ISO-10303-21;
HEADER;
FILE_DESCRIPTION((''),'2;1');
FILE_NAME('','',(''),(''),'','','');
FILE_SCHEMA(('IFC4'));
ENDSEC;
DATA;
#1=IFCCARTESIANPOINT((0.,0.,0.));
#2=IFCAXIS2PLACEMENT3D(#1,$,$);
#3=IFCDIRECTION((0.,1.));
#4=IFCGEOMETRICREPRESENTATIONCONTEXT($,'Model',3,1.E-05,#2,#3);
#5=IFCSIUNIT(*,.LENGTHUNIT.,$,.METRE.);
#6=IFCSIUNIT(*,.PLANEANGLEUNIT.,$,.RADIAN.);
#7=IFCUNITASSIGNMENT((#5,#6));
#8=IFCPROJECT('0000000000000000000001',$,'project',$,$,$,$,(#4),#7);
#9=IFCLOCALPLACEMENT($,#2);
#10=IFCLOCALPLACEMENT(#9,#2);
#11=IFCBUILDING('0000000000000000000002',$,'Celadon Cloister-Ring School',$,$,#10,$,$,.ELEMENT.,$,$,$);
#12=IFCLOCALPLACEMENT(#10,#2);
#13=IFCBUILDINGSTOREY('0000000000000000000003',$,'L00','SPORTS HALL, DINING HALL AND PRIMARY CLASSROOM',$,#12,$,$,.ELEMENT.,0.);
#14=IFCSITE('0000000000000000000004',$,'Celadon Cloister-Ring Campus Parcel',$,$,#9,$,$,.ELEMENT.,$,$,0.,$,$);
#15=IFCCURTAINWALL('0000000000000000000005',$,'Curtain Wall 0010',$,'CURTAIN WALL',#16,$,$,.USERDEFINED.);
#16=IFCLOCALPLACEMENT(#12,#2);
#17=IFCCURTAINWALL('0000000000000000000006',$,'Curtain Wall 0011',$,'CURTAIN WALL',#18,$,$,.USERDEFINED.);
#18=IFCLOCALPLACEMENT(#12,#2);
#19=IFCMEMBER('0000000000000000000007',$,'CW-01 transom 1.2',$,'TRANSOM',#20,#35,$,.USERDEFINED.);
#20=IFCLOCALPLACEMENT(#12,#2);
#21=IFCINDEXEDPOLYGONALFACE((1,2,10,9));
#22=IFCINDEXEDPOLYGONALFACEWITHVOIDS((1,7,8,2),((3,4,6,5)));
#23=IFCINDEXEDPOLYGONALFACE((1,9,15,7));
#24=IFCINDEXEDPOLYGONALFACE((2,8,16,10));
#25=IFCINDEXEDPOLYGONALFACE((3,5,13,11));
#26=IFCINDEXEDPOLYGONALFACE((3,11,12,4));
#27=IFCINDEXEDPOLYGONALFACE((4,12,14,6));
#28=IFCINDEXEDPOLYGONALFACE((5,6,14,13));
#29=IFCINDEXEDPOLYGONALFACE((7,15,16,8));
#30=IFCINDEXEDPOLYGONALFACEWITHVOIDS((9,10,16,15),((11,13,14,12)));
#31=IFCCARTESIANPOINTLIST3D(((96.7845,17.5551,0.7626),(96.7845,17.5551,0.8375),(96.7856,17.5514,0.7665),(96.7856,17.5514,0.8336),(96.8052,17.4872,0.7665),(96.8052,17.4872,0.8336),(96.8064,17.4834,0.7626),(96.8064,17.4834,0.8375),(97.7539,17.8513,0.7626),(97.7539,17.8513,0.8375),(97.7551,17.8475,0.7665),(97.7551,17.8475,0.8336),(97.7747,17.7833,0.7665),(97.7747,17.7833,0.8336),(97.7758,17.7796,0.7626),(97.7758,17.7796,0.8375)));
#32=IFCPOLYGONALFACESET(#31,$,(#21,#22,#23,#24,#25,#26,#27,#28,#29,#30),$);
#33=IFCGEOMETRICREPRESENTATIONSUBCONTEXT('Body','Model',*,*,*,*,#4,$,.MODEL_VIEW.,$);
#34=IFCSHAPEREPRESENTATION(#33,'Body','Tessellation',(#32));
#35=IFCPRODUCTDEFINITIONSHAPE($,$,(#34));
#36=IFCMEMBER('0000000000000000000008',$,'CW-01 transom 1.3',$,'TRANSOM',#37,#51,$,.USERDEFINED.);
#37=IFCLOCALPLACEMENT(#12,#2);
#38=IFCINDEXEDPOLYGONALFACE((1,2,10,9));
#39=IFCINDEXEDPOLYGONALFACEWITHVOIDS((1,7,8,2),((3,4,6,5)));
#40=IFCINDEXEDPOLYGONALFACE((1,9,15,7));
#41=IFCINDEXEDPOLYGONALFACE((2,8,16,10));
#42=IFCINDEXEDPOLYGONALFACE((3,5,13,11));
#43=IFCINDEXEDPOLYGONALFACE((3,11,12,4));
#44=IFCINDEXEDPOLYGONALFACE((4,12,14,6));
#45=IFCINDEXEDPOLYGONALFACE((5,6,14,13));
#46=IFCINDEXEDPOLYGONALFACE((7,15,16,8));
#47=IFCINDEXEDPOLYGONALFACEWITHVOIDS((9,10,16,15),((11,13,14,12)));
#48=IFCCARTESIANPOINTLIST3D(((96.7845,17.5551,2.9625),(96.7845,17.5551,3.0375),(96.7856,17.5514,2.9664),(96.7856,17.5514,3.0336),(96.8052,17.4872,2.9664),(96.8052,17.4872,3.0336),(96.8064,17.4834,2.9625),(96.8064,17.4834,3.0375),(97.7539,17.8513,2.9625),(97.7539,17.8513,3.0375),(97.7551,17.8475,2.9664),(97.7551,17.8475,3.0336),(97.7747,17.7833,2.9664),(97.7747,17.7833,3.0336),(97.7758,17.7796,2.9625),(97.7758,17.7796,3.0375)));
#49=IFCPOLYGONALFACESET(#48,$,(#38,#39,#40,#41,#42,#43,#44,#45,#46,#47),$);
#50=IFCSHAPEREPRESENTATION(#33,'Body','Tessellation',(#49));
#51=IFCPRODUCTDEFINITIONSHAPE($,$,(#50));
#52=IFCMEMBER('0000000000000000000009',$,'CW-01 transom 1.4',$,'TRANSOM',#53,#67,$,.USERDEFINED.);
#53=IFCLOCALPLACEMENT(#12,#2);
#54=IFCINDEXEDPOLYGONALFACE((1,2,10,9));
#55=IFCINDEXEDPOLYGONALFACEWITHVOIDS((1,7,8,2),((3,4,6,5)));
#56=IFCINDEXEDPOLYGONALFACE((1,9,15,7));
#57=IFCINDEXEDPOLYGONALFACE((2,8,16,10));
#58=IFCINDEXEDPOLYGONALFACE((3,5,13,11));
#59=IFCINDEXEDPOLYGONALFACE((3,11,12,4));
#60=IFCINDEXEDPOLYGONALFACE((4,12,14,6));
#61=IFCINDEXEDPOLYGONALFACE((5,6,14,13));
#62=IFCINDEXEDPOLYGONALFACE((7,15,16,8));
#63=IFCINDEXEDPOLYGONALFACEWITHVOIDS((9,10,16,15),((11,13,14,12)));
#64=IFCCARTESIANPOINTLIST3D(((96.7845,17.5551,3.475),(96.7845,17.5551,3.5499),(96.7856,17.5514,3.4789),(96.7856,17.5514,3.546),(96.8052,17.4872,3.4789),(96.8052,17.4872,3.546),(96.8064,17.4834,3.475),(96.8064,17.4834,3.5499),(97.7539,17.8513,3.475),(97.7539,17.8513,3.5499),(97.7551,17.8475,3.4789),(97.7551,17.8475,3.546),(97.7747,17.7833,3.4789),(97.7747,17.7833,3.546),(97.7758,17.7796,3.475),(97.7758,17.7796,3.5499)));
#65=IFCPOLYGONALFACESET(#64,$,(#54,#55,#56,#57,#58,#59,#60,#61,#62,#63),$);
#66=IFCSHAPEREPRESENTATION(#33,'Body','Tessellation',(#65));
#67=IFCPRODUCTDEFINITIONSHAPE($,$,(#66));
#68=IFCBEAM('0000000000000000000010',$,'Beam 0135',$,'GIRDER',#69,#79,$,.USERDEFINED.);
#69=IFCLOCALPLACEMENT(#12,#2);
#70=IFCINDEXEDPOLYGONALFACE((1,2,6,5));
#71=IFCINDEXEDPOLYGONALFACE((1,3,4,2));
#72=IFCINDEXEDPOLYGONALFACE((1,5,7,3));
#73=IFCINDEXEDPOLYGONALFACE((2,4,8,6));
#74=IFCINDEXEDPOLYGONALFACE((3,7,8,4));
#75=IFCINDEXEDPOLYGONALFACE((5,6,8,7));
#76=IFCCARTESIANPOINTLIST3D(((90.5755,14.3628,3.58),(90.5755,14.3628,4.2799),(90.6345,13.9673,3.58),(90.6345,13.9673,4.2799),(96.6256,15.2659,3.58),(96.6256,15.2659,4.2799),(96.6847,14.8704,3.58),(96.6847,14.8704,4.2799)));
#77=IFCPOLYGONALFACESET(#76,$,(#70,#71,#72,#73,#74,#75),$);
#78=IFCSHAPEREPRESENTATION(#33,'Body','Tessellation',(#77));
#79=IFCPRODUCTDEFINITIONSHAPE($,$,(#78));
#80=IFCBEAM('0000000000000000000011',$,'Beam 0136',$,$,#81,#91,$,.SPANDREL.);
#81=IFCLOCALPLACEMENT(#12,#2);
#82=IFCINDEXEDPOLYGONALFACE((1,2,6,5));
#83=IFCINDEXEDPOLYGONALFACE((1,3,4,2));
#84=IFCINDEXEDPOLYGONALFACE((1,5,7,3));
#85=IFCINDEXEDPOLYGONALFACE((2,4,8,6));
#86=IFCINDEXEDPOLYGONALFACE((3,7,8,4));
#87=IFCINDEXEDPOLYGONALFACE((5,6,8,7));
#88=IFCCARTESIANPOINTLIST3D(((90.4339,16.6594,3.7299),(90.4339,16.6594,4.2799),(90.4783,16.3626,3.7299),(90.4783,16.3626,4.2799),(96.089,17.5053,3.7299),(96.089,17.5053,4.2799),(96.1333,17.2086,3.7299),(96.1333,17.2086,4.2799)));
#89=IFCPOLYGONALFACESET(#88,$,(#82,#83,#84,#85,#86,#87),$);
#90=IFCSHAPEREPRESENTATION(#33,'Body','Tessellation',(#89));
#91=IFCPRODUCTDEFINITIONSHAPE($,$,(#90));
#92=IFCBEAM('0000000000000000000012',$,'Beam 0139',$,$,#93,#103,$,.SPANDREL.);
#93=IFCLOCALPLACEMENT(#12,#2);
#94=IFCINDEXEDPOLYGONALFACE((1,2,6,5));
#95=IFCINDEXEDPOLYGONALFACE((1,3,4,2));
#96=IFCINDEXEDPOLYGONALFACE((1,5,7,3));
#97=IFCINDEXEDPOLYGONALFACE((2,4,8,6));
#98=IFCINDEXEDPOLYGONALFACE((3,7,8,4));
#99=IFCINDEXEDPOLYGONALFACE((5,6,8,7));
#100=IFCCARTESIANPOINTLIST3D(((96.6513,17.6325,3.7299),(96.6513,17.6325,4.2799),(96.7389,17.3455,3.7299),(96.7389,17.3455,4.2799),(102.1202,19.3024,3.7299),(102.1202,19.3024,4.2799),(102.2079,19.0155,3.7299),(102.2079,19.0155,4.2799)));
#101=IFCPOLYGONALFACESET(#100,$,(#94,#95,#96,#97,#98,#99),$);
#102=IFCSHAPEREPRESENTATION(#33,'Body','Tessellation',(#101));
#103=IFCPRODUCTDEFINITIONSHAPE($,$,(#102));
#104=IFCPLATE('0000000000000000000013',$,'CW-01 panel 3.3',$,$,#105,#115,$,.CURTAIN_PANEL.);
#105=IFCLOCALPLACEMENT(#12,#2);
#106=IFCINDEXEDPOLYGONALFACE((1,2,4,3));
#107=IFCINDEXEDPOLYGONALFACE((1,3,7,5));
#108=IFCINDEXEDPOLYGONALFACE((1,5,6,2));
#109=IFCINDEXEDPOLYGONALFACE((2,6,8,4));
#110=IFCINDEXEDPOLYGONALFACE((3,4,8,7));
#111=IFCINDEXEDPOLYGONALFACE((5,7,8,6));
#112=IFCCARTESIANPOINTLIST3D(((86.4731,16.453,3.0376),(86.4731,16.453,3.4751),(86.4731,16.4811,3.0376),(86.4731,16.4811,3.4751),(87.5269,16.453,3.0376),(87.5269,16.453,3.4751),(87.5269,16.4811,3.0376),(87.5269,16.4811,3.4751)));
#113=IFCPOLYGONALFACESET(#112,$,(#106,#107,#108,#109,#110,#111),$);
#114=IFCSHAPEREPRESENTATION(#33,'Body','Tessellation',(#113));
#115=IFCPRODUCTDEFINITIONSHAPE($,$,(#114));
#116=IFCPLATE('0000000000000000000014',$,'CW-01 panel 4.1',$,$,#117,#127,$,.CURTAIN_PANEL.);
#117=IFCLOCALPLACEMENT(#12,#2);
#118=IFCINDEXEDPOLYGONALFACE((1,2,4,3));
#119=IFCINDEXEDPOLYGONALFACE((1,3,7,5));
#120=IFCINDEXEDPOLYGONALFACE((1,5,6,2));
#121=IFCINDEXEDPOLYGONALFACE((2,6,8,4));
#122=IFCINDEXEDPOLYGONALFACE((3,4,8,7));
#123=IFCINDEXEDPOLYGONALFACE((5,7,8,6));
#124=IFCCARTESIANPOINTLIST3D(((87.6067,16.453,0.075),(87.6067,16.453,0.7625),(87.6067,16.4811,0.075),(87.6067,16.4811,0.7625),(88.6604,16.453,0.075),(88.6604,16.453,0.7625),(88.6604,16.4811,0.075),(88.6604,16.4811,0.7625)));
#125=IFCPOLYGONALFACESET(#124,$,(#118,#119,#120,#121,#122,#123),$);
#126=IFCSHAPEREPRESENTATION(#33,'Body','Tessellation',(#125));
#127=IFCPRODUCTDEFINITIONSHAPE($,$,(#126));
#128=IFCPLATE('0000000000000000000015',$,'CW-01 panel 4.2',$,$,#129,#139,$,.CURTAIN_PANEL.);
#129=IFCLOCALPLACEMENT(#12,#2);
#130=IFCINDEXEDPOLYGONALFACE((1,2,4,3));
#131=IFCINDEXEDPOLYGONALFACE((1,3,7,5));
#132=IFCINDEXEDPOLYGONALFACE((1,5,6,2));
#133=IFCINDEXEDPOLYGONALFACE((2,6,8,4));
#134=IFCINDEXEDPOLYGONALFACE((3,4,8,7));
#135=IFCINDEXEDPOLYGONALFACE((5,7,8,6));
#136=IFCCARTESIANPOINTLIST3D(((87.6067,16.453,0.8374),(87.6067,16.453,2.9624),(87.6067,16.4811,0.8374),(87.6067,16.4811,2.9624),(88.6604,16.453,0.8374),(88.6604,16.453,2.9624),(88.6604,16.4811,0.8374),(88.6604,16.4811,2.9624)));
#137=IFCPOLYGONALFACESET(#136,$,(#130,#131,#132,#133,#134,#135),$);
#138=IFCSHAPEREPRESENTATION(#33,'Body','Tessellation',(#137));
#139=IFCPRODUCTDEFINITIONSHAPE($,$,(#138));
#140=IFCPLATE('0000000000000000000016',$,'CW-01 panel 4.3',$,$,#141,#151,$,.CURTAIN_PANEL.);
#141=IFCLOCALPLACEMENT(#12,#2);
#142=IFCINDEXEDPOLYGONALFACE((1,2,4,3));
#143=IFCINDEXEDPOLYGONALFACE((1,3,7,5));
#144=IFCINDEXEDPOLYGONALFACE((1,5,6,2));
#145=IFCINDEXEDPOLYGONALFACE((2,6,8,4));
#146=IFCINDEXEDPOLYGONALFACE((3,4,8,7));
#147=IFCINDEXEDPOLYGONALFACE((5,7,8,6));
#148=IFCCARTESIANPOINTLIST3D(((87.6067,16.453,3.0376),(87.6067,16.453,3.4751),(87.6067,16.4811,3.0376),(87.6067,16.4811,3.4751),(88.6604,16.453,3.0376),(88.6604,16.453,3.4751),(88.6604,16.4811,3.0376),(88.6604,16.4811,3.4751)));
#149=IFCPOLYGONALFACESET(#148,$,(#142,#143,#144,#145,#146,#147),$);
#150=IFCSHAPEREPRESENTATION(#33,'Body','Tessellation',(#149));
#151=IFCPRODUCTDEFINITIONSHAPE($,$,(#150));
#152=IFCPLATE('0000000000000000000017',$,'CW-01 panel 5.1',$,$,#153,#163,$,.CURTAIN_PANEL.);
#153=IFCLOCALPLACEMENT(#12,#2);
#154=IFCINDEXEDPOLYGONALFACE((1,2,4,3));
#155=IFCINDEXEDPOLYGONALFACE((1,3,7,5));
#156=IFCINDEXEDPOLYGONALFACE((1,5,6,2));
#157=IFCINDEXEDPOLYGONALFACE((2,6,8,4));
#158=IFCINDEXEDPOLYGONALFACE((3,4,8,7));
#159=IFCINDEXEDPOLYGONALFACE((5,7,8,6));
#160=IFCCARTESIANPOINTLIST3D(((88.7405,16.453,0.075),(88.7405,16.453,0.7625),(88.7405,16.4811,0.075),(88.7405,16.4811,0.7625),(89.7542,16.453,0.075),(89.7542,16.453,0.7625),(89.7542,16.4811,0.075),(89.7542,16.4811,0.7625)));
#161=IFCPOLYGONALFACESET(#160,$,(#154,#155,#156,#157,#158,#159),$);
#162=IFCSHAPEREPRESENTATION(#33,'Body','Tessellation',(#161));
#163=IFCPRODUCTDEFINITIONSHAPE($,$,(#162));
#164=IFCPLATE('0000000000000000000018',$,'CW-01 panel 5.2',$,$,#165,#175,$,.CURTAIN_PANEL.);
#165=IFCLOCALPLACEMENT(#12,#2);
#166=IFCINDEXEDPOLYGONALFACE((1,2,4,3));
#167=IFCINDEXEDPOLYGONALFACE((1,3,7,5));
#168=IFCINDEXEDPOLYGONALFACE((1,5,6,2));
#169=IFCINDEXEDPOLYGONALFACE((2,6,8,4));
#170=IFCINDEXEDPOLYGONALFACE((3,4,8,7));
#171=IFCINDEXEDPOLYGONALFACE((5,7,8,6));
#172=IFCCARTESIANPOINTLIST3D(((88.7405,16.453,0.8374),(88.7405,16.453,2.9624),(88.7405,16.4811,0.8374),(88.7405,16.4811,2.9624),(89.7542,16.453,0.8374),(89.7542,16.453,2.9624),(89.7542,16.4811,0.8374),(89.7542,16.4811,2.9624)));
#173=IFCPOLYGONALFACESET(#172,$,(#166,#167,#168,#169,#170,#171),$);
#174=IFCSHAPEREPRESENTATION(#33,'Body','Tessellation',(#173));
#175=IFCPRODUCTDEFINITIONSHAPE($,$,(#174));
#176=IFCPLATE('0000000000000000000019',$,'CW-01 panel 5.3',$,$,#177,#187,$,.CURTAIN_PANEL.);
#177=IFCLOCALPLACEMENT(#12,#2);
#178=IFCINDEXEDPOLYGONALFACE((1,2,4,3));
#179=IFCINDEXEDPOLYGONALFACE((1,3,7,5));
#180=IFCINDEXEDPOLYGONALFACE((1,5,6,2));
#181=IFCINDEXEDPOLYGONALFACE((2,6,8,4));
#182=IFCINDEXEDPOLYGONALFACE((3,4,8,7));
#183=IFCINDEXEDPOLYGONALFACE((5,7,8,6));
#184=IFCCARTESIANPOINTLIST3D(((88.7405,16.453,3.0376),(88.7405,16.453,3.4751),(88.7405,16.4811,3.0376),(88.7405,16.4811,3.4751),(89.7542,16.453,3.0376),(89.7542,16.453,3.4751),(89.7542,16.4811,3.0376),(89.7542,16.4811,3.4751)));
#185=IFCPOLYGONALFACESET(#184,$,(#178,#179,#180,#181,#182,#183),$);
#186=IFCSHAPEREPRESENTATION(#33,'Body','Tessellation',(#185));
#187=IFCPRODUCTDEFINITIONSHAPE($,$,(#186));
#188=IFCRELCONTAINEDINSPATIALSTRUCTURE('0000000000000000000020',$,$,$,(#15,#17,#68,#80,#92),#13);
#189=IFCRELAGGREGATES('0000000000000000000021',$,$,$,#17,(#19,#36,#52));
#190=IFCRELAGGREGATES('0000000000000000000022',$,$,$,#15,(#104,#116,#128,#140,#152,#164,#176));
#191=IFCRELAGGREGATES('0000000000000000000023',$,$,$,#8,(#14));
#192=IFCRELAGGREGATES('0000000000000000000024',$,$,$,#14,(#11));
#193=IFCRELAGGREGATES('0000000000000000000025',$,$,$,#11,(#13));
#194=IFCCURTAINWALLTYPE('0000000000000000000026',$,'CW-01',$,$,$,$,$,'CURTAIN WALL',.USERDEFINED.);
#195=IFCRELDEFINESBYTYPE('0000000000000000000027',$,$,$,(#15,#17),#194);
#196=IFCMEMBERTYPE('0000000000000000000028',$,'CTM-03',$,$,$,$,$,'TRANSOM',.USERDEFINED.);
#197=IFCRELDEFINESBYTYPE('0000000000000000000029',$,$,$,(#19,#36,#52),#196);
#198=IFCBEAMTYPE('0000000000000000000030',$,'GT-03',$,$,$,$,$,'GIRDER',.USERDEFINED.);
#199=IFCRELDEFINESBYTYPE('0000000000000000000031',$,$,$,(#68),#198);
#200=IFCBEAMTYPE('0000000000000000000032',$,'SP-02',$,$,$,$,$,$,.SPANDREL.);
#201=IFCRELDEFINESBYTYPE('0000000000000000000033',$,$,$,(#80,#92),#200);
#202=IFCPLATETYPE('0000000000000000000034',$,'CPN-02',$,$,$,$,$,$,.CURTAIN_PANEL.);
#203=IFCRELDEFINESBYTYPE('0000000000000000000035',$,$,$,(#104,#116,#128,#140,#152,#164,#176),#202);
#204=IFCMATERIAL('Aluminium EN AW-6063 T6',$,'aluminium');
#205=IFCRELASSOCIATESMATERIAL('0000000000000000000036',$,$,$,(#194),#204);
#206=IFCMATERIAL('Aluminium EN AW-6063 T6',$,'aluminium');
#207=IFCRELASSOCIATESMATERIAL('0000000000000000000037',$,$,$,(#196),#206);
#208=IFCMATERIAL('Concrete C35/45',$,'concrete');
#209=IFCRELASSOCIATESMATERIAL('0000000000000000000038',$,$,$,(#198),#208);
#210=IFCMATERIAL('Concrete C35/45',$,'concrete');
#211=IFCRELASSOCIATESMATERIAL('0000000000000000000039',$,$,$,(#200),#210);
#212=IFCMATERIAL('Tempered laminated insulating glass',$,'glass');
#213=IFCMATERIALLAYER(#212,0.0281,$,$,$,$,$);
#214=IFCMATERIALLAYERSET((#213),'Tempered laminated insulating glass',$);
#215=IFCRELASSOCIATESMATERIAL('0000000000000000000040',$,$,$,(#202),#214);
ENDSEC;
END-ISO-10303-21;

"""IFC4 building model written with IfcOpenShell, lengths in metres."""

from ifc_helpers import new_model, si_unit, direction, frame, origin, origin_2d, place, context, subcontext, project, spatial, rectangle, hollow_rectangle, extrude, material, layer, layer_set, material_profile, profile_set, type_object, element, aggregate, save


model = new_model("IFC4")

# Units and contexts
model_context = context("Model", 3, precision=1e-05, world=origin(), true_north=direction((0.0, 1.0)))
body_context = subcontext(model_context, "Body", "Model", "MODEL_VIEW")
ifc_project = project(units=[si_unit("LENGTHUNIT", "METRE"), si_unit("PLANEANGLEUNIT", "RADIAN")], contexts=[model_context])

# Site, building, storey
site_placement = place(None, origin())
site = spatial("IfcSite", under=ifc_project, at=site_placement, Name="Celadon Cloister-Ring Campus Parcel", CompositionType="ELEMENT", RefElevation=0.0)
building_placement = place(site_placement, origin())
building = spatial("IfcBuilding", under=site, at=building_placement, Name="Celadon Cloister-Ring School", CompositionType="ELEMENT")
storey_placement = place(building_placement, origin())
storey = spatial("IfcBuildingStorey", under=building, at=storey_placement, Name="L00", Description="SPORTS HALL, DINING HALL AND PRIMARY CLASSROOM", CompositionType="ELEMENT", Elevation=0.0)

# Curtain wall
ifc_material_1 = material(Name="Aluminium EN AW-6063 T6", Category="aluminium")
curtain_wall_type = type_object("IfcCurtainWallType", Name="CW-01", ElementType="CURTAIN WALL", PredefinedType="USERDEFINED", material=ifc_material_1)
curtain_wall_1_placement = place(storey_placement, origin())
curtain_wall_1 = element("IfcCurtainWall", 1, at=curtain_wall_1_placement, inside=storey, type_object=curtain_wall_type, Name="Curtain Wall 0010", ObjectType="CURTAIN WALL", PredefinedType="USERDEFINED")

# Curtain wall
curtain_wall_2_placement = place(storey_placement, origin())
curtain_wall_2 = element("IfcCurtainWall", 2, at=curtain_wall_2_placement, inside=storey, type_object=curtain_wall_type, Name="Curtain Wall 0011", ObjectType="CURTAIN WALL", PredefinedType="USERDEFINED")

# Members
ifc_material_2 = material(Name="Aluminium EN AW-6063 T6", Category="aluminium")
ifc_material_profile_1 = material_profile(ifc_material_2, hollow_rectangle(XDim=0.075, YDim=0.075, WallThickness=0.0039, at=origin_2d()), Name="RHS75X75X4")
ifc_profile_set_1 = profile_set([ifc_material_profile_1], Name="Aluminium EN AW-6063 T6")
member_type_1 = type_object("IfcMemberType", Name="CTM-03", ElementType="TRANSOM", PredefinedType="USERDEFINED", material=ifc_profile_set_1)
member_1_placement = place(storey_placement, frame((96.7954, 17.5193, 0.8), z_axis=(0.956376, 0.292139, 0.0), x_axis=(-0.292139, 0.956376, 0.0)))
member_1 = element("IfcMember", 3, at=member_1_placement, type_object=member_type_1, Name="CW-01 transom 1.2", ObjectType="TRANSOM", PredefinedType="USERDEFINED", context=body_context, shape_type="SweptSolid", body=[
    extrude(hollow_rectangle(XDim=0.075, YDim=0.075, WallThickness=0.0039, at=origin_2d()), origin(), (0.0, 0.0, 1.0), 1.0137),
])
member_2_placement = place(storey_placement, frame((96.7954, 17.5193, 3.0), z_axis=(0.956376, 0.292139, 0.0), x_axis=(-0.292139, 0.956376, 0.0)))
member_2 = element("IfcMember", 4, at=member_2_placement, type_object=member_type_1, Name="CW-01 transom 1.3", ObjectType="TRANSOM", PredefinedType="USERDEFINED", context=body_context, shape_type="SweptSolid", body=[
    extrude(hollow_rectangle(XDim=0.075, YDim=0.075, WallThickness=0.0039, at=origin_2d()), origin(), (0.0, 0.0, 1.0), 1.0137),
])
member_3_placement = place(storey_placement, frame((96.7954, 17.5193, 3.5125), z_axis=(0.956376, 0.292139, 0.0), x_axis=(-0.292139, 0.956376, 0.0)))
member_3 = element("IfcMember", 5, at=member_3_placement, type_object=member_type_1, Name="CW-01 transom 1.4", ObjectType="TRANSOM", PredefinedType="USERDEFINED", context=body_context, shape_type="SweptSolid", body=[
    extrude(hollow_rectangle(XDim=0.075, YDim=0.075, WallThickness=0.0039, at=origin_2d()), origin(), (0.0, 0.0, 1.0), 1.0137),
])
aggregate(curtain_wall_2, [member_1, member_2, member_3])

# Beams
ifc_material_3 = material(Name="Concrete C35/45", Category="concrete")
ifc_material_profile_2 = material_profile(ifc_material_3, rectangle(XDim=0.3999, YDim=0.7, at=origin_2d()), Name="RC400X700")
ifc_profile_set_2 = profile_set([ifc_material_profile_2], Name="Concrete C35/45")
beam_type_1 = type_object("IfcBeamType", Name="GT-03", ElementType="GIRDER", PredefinedType="USERDEFINED", material=ifc_profile_set_2)
beam_1_placement = place(storey_placement, frame((90.605, 14.165, 3.9299), z_axis=(0.989042, 0.147632, 0.0), x_axis=(-0.147632, 0.989042, 0.0)))
element("IfcBeam", 6, at=beam_1_placement, inside=storey, type_object=beam_type_1, Name="Beam 0135", ObjectType="GIRDER", PredefinedType="USERDEFINED", context=body_context, shape_type="SweptSolid", body=[
    extrude(rectangle(XDim=0.3999, YDim=0.7, at=origin_2d()), origin(), (0.0, 0.0, 1.0), 6.1172),
])
ifc_material_4 = material(Name="Concrete C35/45", Category="concrete")
ifc_material_profile_3 = material_profile(ifc_material_4, rectangle(XDim=0.3, YDim=0.55, at=origin_2d()), Name="RC300X550")
ifc_profile_set_3 = profile_set([ifc_material_profile_3], Name="Concrete C35/45")
beam_type_2 = type_object("IfcBeamType", Name="SP-02", PredefinedType="SPANDREL", material=ifc_profile_set_3)
beam_2_placement = place(storey_placement, frame((90.4561, 16.511, 4.0049), z_axis=(0.988995, 0.147946, 0.0), x_axis=(-0.147946, 0.988995, 0.0)))
element("IfcBeam", 7, at=beam_2_placement, inside=storey, type_object=beam_type_2, Name="Beam 0136", PredefinedType="SPANDREL", context=body_context, shape_type="SweptSolid", body=[
    extrude(rectangle(XDim=0.3, YDim=0.55, at=origin_2d()), origin(), (0.0, 0.0, 1.0), 5.718),
])
beam_3_placement = place(storey_placement, frame((96.6951, 17.489, 4.0049), z_axis=(0.956408, 0.292033, 0.0), x_axis=(-0.292033, 0.956408, 0.0)))
element("IfcBeam", 8, at=beam_3_placement, inside=storey, type_object=beam_type_2, Name="Beam 0139", PredefinedType="SPANDREL", context=body_context, shape_type="SweptSolid", body=[
    extrude(rectangle(XDim=0.3, YDim=0.55, at=origin_2d()), origin(), (0.0, 0.0, 1.0), 5.7183),
])

# Plates
ifc_material_5 = material(Name="Tempered laminated insulating glass", Category="glass")
ifc_layer_1 = layer(ifc_material_5, 0.0281)
ifc_layer_set_1 = layer_set([ifc_layer_1], Name="Tempered laminated insulating glass")
plate_type = type_object("IfcPlateType", Name="CPN-02", PredefinedType="CURTAIN_PANEL", material=ifc_layer_set_1)
plate_1_placement = place(storey_placement, frame((87.0, 16.467, 3.0376), z_axis=(0.0, 0.0, 1.0), x_axis=(1.0, 0.0, 0.0)))
plate_1 = element("IfcPlate", 9, at=plate_1_placement, type_object=plate_type, Name="CW-01 panel 3.3", PredefinedType="CURTAIN_PANEL", context=body_context, shape_type="SweptSolid", body=[
    extrude(rectangle(XDim=1.0537, YDim=0.0281, at=origin_2d()), origin(), (0.0, 0.0, 1.0), 0.4375),
])
plate_2_placement = place(storey_placement, frame((88.1335, 16.467, 0.075), z_axis=(0.0, 0.0, 1.0), x_axis=(1.0, 0.0, 0.0)))
plate_2 = element("IfcPlate", 10, at=plate_2_placement, type_object=plate_type, Name="CW-01 panel 4.1", PredefinedType="CURTAIN_PANEL", context=body_context, shape_type="SweptSolid", body=[
    extrude(rectangle(XDim=1.0537, YDim=0.0281, at=origin_2d()), origin(), (0.0, 0.0, 1.0), 0.6875),
])
plate_3_placement = place(storey_placement, frame((88.1335, 16.467, 0.8374), z_axis=(0.0, 0.0, 1.0), x_axis=(1.0, 0.0, 0.0)))
plate_3 = element("IfcPlate", 11, at=plate_3_placement, type_object=plate_type, Name="CW-01 panel 4.2", PredefinedType="CURTAIN_PANEL", context=body_context, shape_type="SweptSolid", body=[
    extrude(rectangle(XDim=1.0537, YDim=0.0281, at=origin_2d()), origin(), (0.0, 0.0, 1.0), 2.125),
])
plate_4_placement = place(storey_placement, frame((88.1335, 16.467, 3.0376), z_axis=(0.0, 0.0, 1.0), x_axis=(1.0, 0.0, 0.0)))
plate_4 = element("IfcPlate", 12, at=plate_4_placement, type_object=plate_type, Name="CW-01 panel 4.3", PredefinedType="CURTAIN_PANEL", context=body_context, shape_type="SweptSolid", body=[
    extrude(rectangle(XDim=1.0537, YDim=0.0281, at=origin_2d()), origin(), (0.0, 0.0, 1.0), 0.4375),
])
plate_5_placement = place(storey_placement, frame((89.2473, 16.467, 0.075), z_axis=(0.0, 0.0, 1.0), x_axis=(1.0, 0.0, 0.0)))
plate_5 = element("IfcPlate", 13, at=plate_5_placement, type_object=plate_type, Name="CW-01 panel 5.1", PredefinedType="CURTAIN_PANEL", context=body_context, shape_type="SweptSolid", body=[
    extrude(rectangle(XDim=1.0137, YDim=0.0281, at=origin_2d()), origin(), (0.0, 0.0, 1.0), 0.6875),
])
plate_6_placement = place(storey_placement, frame((89.2473, 16.467, 0.8374), z_axis=(0.0, 0.0, 1.0), x_axis=(1.0, 0.0, 0.0)))
plate_6 = element("IfcPlate", 14, at=plate_6_placement, type_object=plate_type, Name="CW-01 panel 5.2", PredefinedType="CURTAIN_PANEL", context=body_context, shape_type="SweptSolid", body=[
    extrude(rectangle(XDim=1.0137, YDim=0.0281, at=origin_2d()), origin(), (0.0, 0.0, 1.0), 2.125),
])
plate_7_placement = place(storey_placement, frame((89.2473, 16.467, 3.0376), z_axis=(0.0, 0.0, 1.0), x_axis=(1.0, 0.0, 0.0)))
plate_7 = element("IfcPlate", 15, at=plate_7_placement, type_object=plate_type, Name="CW-01 panel 5.3", PredefinedType="CURTAIN_PANEL", context=body_context, shape_type="SweptSolid", body=[
    extrude(rectangle(XDim=1.0137, YDim=0.0281, at=origin_2d()), origin(), (0.0, 0.0, 1.0), 0.4375),
])
aggregate(curtain_wall_1, [plate_1, plate_2, plate_3, plate_4, plate_5, plate_6, plate_7])

save(model, "model.ifc")
